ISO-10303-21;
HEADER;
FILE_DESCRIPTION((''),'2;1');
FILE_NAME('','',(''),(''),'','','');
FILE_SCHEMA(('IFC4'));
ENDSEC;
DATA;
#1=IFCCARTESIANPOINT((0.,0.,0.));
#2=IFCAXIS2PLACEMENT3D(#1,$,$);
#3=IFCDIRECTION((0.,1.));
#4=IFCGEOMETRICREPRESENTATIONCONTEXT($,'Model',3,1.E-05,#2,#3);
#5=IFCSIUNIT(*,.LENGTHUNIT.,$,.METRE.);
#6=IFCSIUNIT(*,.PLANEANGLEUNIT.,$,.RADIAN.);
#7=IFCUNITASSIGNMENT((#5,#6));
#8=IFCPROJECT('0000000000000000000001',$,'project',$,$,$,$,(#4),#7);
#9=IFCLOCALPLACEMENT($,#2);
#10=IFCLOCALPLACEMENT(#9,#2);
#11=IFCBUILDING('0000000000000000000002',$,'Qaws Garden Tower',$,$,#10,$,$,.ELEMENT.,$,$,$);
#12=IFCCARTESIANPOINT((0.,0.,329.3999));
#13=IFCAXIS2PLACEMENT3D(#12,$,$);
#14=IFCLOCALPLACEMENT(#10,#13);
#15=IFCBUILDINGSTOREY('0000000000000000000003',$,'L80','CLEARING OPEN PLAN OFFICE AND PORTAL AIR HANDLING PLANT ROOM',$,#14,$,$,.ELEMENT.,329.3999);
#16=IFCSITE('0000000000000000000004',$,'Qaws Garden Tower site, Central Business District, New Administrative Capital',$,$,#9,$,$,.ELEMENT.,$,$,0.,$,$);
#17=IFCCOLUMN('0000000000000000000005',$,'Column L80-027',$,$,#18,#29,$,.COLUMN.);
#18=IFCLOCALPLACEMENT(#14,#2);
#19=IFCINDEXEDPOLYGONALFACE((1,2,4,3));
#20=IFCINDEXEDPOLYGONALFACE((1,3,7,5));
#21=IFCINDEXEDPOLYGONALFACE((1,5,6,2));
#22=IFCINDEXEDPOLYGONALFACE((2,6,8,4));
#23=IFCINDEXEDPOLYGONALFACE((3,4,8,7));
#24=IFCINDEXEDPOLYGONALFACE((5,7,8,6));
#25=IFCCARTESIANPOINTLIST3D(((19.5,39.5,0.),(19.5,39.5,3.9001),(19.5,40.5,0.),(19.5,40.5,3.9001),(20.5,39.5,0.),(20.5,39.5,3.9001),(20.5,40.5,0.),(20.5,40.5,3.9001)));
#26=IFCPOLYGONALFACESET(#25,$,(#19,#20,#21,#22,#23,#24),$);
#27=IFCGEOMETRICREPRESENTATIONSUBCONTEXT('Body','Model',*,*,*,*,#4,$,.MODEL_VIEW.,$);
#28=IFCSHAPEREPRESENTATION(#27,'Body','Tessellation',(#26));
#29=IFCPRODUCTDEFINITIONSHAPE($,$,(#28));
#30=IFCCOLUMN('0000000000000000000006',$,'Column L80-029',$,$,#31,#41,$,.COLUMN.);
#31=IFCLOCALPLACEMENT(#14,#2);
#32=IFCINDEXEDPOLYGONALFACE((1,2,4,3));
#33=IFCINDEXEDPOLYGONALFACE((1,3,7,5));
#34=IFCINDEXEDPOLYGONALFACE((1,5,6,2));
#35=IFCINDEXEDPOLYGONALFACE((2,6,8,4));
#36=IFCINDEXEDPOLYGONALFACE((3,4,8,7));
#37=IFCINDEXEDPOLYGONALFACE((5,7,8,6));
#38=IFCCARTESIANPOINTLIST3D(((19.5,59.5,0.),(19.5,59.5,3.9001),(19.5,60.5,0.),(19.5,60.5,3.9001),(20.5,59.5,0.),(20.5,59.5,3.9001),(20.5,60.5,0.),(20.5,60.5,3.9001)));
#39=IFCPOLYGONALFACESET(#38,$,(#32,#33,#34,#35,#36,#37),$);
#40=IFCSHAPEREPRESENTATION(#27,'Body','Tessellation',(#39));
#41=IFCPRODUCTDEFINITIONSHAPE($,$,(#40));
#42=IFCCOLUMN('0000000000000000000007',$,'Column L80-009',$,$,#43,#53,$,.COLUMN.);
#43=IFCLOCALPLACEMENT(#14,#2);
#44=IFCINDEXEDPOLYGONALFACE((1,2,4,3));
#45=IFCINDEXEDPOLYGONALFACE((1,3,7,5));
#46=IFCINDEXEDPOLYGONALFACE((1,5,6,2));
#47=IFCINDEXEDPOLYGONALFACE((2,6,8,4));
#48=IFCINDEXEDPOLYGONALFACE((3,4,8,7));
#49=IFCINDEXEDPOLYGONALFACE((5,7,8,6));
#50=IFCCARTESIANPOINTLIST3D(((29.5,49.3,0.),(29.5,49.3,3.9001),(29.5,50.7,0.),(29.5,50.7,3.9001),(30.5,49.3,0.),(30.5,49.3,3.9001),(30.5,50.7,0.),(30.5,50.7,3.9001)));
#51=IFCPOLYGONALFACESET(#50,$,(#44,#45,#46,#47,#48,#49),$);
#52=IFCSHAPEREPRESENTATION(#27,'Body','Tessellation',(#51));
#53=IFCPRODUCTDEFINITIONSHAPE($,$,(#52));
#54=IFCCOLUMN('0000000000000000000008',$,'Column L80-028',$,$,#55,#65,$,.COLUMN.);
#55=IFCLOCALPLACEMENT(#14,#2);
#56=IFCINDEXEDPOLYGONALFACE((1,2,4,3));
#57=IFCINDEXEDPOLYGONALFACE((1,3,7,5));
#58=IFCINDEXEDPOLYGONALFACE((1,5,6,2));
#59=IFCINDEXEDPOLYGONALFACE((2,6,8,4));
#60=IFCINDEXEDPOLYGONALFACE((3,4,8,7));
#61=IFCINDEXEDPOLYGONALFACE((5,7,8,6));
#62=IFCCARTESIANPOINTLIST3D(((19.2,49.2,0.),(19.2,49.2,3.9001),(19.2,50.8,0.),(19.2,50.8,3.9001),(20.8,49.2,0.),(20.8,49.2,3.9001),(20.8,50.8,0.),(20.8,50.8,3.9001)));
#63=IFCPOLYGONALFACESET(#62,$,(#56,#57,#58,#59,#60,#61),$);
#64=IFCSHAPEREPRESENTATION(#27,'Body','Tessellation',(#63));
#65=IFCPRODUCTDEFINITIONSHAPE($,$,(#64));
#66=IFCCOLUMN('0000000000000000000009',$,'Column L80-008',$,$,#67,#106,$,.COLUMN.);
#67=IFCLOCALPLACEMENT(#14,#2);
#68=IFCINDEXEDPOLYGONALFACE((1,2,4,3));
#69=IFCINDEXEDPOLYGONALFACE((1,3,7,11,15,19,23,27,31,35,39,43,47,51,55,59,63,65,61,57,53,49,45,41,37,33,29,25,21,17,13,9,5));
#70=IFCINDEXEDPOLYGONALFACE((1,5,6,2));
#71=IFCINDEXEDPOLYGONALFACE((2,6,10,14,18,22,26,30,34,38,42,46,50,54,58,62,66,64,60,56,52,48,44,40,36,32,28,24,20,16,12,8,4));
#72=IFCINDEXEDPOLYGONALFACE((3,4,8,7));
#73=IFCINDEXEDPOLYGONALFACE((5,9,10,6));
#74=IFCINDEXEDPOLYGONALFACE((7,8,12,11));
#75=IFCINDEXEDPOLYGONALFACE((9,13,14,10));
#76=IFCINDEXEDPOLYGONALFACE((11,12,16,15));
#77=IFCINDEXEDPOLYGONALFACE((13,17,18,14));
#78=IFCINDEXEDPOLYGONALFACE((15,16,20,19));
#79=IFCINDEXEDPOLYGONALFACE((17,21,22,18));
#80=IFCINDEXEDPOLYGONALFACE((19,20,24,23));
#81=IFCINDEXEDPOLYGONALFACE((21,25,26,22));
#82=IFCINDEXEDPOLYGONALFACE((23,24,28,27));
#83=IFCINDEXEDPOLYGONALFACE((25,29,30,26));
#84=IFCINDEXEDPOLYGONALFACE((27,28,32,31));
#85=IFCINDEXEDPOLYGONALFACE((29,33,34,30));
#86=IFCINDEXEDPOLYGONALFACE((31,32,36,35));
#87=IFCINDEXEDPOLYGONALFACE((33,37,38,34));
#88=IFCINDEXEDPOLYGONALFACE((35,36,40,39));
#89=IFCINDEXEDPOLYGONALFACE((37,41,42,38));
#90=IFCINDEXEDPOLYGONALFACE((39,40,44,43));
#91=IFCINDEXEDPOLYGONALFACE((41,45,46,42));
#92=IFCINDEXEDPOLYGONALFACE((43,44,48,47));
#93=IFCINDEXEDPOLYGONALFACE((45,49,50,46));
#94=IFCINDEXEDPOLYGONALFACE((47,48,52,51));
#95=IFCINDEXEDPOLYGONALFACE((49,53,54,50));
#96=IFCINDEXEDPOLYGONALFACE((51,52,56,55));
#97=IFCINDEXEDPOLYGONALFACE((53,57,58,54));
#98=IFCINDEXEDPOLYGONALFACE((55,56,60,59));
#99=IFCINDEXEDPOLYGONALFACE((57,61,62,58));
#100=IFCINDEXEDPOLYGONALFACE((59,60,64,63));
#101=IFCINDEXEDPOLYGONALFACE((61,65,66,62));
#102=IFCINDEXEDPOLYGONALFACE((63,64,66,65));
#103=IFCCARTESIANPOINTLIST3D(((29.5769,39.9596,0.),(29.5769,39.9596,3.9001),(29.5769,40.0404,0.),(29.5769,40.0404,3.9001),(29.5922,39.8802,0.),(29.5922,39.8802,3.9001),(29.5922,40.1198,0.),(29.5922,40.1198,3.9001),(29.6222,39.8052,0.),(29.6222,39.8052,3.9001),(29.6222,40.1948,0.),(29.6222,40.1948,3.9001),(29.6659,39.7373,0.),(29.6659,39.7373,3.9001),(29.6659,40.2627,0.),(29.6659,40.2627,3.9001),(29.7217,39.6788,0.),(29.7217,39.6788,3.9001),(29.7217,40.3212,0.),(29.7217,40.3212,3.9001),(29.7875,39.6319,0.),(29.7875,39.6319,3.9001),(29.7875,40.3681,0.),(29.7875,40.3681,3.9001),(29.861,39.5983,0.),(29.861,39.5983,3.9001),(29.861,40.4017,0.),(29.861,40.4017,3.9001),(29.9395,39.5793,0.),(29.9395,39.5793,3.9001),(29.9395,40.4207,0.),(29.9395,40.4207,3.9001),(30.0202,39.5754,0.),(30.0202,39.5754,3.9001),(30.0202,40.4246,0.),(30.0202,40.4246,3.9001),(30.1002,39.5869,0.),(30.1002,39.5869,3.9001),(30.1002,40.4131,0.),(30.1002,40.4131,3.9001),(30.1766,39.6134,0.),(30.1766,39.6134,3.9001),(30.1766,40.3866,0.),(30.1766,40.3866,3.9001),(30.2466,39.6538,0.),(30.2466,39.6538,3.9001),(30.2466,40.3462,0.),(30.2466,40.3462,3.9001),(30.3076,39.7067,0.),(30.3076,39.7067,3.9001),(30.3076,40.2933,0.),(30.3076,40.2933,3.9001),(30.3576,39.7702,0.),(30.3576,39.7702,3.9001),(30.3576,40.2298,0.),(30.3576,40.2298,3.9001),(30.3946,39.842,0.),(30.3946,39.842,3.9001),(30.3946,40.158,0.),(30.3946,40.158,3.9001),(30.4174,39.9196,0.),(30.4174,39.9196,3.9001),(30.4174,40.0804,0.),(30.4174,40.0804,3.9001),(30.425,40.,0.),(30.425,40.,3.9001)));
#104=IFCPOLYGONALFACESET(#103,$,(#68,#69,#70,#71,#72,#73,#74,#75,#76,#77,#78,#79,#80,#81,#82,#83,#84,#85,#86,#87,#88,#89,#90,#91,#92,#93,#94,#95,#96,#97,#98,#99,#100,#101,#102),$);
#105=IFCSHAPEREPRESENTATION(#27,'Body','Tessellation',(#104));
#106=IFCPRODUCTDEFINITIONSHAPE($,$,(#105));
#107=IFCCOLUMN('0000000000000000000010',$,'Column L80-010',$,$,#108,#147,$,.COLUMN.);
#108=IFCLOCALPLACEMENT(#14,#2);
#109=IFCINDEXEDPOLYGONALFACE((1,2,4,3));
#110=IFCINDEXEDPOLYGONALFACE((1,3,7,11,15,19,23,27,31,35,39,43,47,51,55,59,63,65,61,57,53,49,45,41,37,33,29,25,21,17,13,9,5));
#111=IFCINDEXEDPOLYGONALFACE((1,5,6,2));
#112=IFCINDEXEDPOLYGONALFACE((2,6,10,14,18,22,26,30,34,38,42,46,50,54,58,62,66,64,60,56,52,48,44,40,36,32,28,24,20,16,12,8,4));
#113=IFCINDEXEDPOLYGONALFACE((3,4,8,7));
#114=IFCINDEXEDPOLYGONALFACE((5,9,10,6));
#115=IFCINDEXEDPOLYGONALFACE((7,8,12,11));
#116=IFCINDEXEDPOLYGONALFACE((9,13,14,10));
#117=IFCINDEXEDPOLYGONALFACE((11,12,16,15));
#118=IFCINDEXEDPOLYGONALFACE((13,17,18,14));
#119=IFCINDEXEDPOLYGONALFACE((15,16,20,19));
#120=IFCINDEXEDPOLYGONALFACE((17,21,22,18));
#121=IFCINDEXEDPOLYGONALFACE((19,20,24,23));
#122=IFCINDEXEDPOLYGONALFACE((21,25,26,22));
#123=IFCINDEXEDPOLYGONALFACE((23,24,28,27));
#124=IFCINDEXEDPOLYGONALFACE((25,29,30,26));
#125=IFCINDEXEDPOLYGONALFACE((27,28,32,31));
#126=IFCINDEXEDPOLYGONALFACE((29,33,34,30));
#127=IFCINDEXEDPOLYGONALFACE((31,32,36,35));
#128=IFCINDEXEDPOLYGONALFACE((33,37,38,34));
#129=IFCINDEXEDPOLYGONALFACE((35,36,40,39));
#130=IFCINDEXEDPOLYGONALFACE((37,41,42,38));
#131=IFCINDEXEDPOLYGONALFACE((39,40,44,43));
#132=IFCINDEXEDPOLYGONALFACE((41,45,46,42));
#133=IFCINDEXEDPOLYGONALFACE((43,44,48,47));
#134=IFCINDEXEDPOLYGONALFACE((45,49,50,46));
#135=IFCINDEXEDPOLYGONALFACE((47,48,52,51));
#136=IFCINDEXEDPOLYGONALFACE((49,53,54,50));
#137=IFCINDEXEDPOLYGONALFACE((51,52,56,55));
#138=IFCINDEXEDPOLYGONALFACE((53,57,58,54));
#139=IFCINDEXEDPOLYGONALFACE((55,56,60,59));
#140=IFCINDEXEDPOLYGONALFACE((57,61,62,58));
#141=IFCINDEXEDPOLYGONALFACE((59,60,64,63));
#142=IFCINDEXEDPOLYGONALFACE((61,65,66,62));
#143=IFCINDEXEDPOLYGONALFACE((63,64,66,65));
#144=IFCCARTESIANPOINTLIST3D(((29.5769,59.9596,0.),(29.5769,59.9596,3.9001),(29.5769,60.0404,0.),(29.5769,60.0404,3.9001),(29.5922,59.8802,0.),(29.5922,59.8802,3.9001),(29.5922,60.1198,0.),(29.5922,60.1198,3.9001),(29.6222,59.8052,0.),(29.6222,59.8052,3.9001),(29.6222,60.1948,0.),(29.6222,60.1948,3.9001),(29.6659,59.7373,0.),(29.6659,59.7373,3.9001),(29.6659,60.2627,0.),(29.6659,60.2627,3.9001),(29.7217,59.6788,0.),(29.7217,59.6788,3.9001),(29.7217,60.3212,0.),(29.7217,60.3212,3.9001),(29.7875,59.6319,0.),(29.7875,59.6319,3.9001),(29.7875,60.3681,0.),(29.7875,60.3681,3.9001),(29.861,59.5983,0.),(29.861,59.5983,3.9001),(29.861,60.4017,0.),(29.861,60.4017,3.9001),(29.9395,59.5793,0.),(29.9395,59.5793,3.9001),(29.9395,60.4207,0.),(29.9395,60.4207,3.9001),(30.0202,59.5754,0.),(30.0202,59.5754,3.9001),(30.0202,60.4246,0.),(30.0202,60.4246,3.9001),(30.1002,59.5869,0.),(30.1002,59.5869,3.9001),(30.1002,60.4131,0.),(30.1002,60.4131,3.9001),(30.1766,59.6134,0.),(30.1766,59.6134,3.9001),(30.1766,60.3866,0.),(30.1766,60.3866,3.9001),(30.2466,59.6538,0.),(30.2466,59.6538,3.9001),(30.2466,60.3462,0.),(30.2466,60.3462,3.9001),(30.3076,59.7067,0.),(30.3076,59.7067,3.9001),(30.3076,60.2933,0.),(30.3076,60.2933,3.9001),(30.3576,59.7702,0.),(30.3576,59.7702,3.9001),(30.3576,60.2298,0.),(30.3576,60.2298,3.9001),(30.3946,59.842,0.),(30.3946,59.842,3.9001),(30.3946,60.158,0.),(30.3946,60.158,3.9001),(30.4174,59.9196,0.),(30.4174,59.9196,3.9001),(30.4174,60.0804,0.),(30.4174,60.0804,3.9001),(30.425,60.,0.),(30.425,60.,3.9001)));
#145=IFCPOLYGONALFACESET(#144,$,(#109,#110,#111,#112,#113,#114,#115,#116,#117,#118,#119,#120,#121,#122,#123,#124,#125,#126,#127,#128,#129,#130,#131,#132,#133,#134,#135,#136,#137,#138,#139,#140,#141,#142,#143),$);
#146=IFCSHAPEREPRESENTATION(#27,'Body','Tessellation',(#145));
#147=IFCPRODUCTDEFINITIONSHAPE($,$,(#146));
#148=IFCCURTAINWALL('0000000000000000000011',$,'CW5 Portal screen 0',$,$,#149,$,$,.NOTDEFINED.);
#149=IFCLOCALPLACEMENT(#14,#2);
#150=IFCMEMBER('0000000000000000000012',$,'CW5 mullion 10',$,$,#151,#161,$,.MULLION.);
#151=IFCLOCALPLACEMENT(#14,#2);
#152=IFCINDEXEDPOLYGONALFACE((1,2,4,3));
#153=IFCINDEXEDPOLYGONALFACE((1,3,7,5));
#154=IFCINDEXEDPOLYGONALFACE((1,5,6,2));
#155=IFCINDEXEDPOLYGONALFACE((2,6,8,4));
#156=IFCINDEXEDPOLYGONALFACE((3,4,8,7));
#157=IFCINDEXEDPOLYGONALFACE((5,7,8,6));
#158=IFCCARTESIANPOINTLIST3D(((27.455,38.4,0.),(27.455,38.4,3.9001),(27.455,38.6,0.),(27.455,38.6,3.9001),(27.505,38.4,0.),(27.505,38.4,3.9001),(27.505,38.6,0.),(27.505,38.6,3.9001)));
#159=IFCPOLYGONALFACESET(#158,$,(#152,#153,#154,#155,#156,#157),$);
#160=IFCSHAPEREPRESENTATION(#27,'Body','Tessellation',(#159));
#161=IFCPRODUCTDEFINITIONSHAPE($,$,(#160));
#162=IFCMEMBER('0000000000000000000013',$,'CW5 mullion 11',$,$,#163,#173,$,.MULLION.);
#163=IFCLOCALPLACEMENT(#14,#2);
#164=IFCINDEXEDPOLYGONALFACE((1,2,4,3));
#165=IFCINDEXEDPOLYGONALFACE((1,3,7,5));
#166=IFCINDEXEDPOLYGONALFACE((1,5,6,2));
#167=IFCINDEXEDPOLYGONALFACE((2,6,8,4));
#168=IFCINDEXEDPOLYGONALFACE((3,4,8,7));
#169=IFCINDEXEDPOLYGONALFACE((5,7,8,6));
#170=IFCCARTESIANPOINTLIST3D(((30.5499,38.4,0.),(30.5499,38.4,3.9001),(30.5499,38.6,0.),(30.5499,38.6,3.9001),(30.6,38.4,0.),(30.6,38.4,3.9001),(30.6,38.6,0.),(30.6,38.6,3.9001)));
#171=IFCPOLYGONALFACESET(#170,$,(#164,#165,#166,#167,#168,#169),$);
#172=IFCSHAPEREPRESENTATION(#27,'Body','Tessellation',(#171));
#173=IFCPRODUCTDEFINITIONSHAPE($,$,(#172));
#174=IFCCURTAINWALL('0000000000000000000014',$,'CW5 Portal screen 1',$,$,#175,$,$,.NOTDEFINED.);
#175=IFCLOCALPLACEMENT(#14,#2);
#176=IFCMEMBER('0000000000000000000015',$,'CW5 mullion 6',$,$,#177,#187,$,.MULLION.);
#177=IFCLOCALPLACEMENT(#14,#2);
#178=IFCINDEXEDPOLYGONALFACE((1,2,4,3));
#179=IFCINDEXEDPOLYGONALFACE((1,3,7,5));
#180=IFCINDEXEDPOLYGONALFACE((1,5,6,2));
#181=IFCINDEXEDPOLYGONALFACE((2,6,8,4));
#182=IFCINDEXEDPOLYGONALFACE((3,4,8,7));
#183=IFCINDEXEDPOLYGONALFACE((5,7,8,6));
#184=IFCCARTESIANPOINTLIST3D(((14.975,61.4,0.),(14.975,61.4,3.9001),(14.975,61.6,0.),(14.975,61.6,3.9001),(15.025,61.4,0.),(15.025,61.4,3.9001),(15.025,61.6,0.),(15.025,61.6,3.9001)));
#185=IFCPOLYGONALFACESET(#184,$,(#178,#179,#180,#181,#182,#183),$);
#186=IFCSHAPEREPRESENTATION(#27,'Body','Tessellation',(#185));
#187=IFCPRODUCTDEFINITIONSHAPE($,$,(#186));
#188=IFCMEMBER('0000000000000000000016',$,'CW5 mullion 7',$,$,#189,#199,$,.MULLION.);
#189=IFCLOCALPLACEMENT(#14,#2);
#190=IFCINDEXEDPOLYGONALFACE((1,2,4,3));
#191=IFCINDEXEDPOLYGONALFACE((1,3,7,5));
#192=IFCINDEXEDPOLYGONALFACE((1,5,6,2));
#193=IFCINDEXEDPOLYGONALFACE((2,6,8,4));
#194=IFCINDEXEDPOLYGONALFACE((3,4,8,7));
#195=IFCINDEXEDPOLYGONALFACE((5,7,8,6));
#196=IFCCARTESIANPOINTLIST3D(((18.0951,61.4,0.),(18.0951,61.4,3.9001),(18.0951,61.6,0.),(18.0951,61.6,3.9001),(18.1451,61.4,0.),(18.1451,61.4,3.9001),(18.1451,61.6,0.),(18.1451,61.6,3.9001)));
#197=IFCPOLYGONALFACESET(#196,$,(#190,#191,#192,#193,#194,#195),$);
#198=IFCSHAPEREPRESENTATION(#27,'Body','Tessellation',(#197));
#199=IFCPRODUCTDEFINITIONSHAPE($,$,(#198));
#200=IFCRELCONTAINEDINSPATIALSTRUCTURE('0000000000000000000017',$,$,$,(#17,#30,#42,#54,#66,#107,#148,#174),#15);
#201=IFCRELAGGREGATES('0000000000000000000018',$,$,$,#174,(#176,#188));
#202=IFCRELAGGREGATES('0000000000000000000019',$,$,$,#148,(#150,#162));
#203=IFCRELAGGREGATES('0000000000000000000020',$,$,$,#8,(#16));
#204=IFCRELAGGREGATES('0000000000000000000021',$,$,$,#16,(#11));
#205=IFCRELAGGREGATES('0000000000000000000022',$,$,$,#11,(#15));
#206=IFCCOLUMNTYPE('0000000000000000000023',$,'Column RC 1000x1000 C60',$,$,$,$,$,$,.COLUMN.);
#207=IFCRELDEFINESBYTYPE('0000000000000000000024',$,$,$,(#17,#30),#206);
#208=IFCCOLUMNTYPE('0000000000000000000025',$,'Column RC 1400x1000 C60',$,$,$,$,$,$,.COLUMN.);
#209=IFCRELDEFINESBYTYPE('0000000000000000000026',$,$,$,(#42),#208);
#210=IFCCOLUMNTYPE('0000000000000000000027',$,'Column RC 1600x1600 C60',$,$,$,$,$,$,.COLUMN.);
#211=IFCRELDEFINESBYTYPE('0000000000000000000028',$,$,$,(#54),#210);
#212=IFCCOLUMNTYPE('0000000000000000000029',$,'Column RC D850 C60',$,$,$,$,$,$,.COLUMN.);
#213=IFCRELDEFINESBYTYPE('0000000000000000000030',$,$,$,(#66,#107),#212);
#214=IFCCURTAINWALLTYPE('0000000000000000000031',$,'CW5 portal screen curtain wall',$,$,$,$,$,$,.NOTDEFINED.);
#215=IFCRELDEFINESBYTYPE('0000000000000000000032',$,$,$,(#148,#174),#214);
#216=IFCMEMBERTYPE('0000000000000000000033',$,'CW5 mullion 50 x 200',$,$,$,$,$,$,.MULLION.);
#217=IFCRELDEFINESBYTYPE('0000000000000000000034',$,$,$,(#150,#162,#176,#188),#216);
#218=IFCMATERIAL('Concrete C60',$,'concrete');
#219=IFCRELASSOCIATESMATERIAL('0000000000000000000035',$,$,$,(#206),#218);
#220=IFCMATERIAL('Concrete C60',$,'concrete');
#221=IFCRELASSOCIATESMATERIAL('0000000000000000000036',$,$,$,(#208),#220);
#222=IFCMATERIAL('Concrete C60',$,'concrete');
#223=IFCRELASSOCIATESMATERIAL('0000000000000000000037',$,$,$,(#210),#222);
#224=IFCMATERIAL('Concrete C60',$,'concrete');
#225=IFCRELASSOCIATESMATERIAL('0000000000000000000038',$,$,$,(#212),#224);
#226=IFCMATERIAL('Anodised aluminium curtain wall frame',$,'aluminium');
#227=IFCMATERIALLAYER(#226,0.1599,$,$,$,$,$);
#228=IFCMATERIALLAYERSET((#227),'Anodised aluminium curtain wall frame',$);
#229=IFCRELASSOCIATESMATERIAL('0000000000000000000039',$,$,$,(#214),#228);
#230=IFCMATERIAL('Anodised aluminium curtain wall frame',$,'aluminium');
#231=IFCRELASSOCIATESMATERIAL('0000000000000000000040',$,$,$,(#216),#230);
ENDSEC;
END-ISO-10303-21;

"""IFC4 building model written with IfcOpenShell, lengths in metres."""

from ifc_helpers import new_model, si_unit, direction, frame, origin, origin_2d, place, context, subcontext, project, spatial, rectangle, circle, extrude, material, layer, layer_set, material_profile, profile_set, type_object, element, aggregate, save


model = new_model("IFC4")

# Units and contexts
model_context = context("Model", 3, precision=1e-05, world=origin(), true_north=direction((0.0, 1.0)))
body_context = subcontext(model_context, "Body", "Model", "MODEL_VIEW")
ifc_project = project(units=[si_unit("LENGTHUNIT", "METRE"), si_unit("PLANEANGLEUNIT", "RADIAN")], contexts=[model_context])

# Site, building, storey
site_placement = place(None, origin())
site = spatial("IfcSite", under=ifc_project, at=site_placement, Name="Qaws Garden Tower site, Central Business District, New Administrative Capital", CompositionType="ELEMENT", RefElevation=0.0)
building_placement = place(site_placement, origin())
building = spatial("IfcBuilding", under=site, at=building_placement, Name="Qaws Garden Tower", CompositionType="ELEMENT")
storey_placement = place(building_placement, frame((0.0, 0.0, 329.3999)))
storey = spatial("IfcBuildingStorey", under=building, at=storey_placement, Name="L80", Description="CLEARING OPEN PLAN OFFICE AND PORTAL AIR HANDLING PLANT ROOM", CompositionType="ELEMENT", Elevation=329.3999)

# Columns
ifc_material_1 = material(Name="Concrete C60", Category="concrete")
ifc_material_profile_1 = material_profile(ifc_material_1, rectangle(XDim=1.0, YDim=1.0, at=origin_2d()), Name="RC 1000x1000")
ifc_profile_set_1 = profile_set([ifc_material_profile_1], Name="Concrete C60")
column_type_1 = type_object("IfcColumnType", Name="Column RC 1000x1000 C60", PredefinedType="COLUMN", material=ifc_profile_set_1)
for number, where, z_axis, x_axis, name in (
    (1, (20.0, 40.0, 0.0), (0.0, 0.0, 1.0), (1.0, 0.0, 0.0), "Column L80-027"),
    (2, (20.0, 60.0, 0.0), (0.0, 0.0, 1.0), (1.0, 0.0, 0.0), "Column L80-029"),
):
    element("IfcColumn", number, at=place(storey_placement, frame(where, z_axis=z_axis, x_axis=x_axis)), inside=storey, type_object=column_type_1, Name=name, PredefinedType="COLUMN", context=body_context, shape_type="SweptSolid", body=[
        extrude(rectangle(XDim=1.0, YDim=1.0, at=origin_2d()), origin(), (0.0, 0.0, 1.0), 3.9001),
    ])
ifc_material_2 = material(Name="Concrete C60", Category="concrete")
ifc_material_profile_2 = material_profile(ifc_material_2, rectangle(XDim=1.3999, YDim=1.0, at=origin_2d()), Name="RC 1400x1000")
ifc_profile_set_2 = profile_set([ifc_material_profile_2], Name="Concrete C60")
column_type_2 = type_object("IfcColumnType", Name="Column RC 1400x1000 C60", PredefinedType="COLUMN", material=ifc_profile_set_2)
column_1_placement = place(storey_placement, frame((30.0, 50.0, 0.0), z_axis=(0.0, 0.0, 1.0), x_axis=(0.0, 1.0, 0.0)))
element("IfcColumn", 3, at=column_1_placement, inside=storey, type_object=column_type_2, Name="Column L80-009", PredefinedType="COLUMN", context=body_context, shape_type="SweptSolid", body=[
    extrude(rectangle(XDim=1.3999, YDim=1.0, at=origin_2d()), origin(), (0.0, 0.0, 1.0), 3.9001),
])
ifc_material_3 = material(Name="Concrete C60", Category="concrete")
ifc_material_profile_3 = material_profile(ifc_material_3, rectangle(XDim=1.6001, YDim=1.6001, at=origin_2d()), Name="RC 1600x1600")
ifc_profile_set_3 = profile_set([ifc_material_profile_3], Name="Concrete C60")
column_type_3 = type_object("IfcColumnType", Name="Column RC 1600x1600 C60", PredefinedType="COLUMN", material=ifc_profile_set_3)
column_2_placement = place(storey_placement, frame((20.0, 50.0, 0.0), z_axis=(0.0, 0.0, 1.0), x_axis=(1.0, 0.0, 0.0)))
element("IfcColumn", 4, at=column_2_placement, inside=storey, type_object=column_type_3, Name="Column L80-028", PredefinedType="COLUMN", context=body_context, shape_type="SweptSolid", body=[
    extrude(rectangle(XDim=1.6001, YDim=1.6001, at=origin_2d()), origin(), (0.0, 0.0, 1.0), 3.9001),
])
ifc_material_4 = material(Name="Concrete C60", Category="concrete")
ifc_material_profile_4 = material_profile(ifc_material_4, circle(Radius=0.425, at=origin_2d()), Name="RC D850")
ifc_profile_set_4 = profile_set([ifc_material_profile_4], Name="Concrete C60")
column_type_4 = type_object("IfcColumnType", Name="Column RC D850 C60", PredefinedType="COLUMN", material=ifc_profile_set_4)
for number, where, z_axis, x_axis, name in (
    (5, (30.0, 40.0, 0.0), (0.0, 0.0, 1.0), (1.0, 0.0, 0.0), "Column L80-008"),
    (6, (30.0, 60.0, 0.0), (0.0, 0.0, 1.0), (1.0, 0.0, 0.0), "Column L80-010"),
):
    element("IfcColumn", number, at=place(storey_placement, frame(where, z_axis=z_axis, x_axis=x_axis)), inside=storey, type_object=column_type_4, Name=name, PredefinedType="COLUMN", context=body_context, shape_type="SweptSolid", body=[
        extrude(circle(Radius=0.425, at=origin_2d()), origin(), (0.0, 0.0, 1.0), 3.9001),
    ])

# Curtain walls, members
ifc_material_5 = material(Name="Anodised aluminium curtain wall frame", Category="aluminium")
ifc_layer_1 = layer(ifc_material_5, 0.1599)
ifc_layer_set_1 = layer_set([ifc_layer_1], Name="Anodised aluminium curtain wall frame")
curtain_wall_type = type_object("IfcCurtainWallType", Name="CW5 portal screen curtain wall", PredefinedType="NOTDEFINED", material=ifc_layer_set_1)
placement = place(storey_placement, origin())
curtain_wall_1 = element("IfcCurtainWall", 7, at=placement, inside=storey, type_object=curtain_wall_type, Name="CW5 Portal screen 0", PredefinedType="NOTDEFINED")
ifc_material_6 = material(Name="Anodised aluminium curtain wall frame", Category="aluminium")
ifc_material_profile_5 = material_profile(ifc_material_6, rectangle(XDim=0.2, YDim=0.05, at=origin_2d()), Name="AL 50x200")
ifc_profile_set_5 = profile_set([ifc_material_profile_5], Name="Anodised aluminium curtain wall frame")
member_type_1 = type_object("IfcMemberType", Name="CW5 mullion 50 x 200", PredefinedType="MULLION", material=ifc_profile_set_5)
member_1_placement = place(storey_placement, frame((27.48, 38.5, 0.0), z_axis=(0.0, 0.0, 1.0), x_axis=(0.0, 1.0, 0.0)))
member_1 = element("IfcMember", 8, at=member_1_placement, type_object=member_type_1, Name="CW5 mullion 10", PredefinedType="MULLION", context=body_context, shape_type="SweptSolid", body=[
    extrude(rectangle(XDim=0.2, YDim=0.05, at=origin_2d()), origin(), (0.0, 0.0, 1.0), 3.9001),
])
member_2_placement = place(storey_placement, frame((30.575, 38.5, 0.0), z_axis=(0.0, 0.0, 1.0), x_axis=(0.0, 1.0, 0.0)))
member_2 = element("IfcMember", 9, at=member_2_placement, type_object=member_type_1, Name="CW5 mullion 11", PredefinedType="MULLION", context=body_context, shape_type="SweptSolid", body=[
    extrude(rectangle(XDim=0.2, YDim=0.05, at=origin_2d()), origin(), (0.0, 0.0, 1.0), 3.9001),
])
curtain_wall_2 = element("IfcCurtainWall", 10, at=placement, inside=storey, type_object=curtain_wall_type, Name="CW5 Portal screen 1", PredefinedType="NOTDEFINED")
member_3_placement = place(storey_placement, frame((15.0, 61.5, 0.0), z_axis=(0.0, 0.0, 1.0), x_axis=(0.0, 1.0, 0.0)))
member_3 = element("IfcMember", 11, at=member_3_placement, type_object=member_type_1, Name="CW5 mullion 6", PredefinedType="MULLION", context=body_context, shape_type="SweptSolid", body=[
    extrude(rectangle(XDim=0.2, YDim=0.05, at=origin_2d()), origin(), (0.0, 0.0, 1.0), 3.9001),
])
member_4_placement = place(storey_placement, frame((18.1201, 61.5, 0.0), z_axis=(0.0, 0.0, 1.0), x_axis=(0.0, 1.0, 0.0)))
member_4 = element("IfcMember", 12, at=member_4_placement, type_object=member_type_1, Name="CW5 mullion 7", PredefinedType="MULLION", context=body_context, shape_type="SweptSolid", body=[
    extrude(rectangle(XDim=0.2, YDim=0.05, at=origin_2d()), origin(), (0.0, 0.0, 1.0), 3.9001),
])
aggregate(curtain_wall_2, [member_3, member_4])

aggregate(curtain_wall_1, [member_1, member_2])

save(model, "model.ifc")
